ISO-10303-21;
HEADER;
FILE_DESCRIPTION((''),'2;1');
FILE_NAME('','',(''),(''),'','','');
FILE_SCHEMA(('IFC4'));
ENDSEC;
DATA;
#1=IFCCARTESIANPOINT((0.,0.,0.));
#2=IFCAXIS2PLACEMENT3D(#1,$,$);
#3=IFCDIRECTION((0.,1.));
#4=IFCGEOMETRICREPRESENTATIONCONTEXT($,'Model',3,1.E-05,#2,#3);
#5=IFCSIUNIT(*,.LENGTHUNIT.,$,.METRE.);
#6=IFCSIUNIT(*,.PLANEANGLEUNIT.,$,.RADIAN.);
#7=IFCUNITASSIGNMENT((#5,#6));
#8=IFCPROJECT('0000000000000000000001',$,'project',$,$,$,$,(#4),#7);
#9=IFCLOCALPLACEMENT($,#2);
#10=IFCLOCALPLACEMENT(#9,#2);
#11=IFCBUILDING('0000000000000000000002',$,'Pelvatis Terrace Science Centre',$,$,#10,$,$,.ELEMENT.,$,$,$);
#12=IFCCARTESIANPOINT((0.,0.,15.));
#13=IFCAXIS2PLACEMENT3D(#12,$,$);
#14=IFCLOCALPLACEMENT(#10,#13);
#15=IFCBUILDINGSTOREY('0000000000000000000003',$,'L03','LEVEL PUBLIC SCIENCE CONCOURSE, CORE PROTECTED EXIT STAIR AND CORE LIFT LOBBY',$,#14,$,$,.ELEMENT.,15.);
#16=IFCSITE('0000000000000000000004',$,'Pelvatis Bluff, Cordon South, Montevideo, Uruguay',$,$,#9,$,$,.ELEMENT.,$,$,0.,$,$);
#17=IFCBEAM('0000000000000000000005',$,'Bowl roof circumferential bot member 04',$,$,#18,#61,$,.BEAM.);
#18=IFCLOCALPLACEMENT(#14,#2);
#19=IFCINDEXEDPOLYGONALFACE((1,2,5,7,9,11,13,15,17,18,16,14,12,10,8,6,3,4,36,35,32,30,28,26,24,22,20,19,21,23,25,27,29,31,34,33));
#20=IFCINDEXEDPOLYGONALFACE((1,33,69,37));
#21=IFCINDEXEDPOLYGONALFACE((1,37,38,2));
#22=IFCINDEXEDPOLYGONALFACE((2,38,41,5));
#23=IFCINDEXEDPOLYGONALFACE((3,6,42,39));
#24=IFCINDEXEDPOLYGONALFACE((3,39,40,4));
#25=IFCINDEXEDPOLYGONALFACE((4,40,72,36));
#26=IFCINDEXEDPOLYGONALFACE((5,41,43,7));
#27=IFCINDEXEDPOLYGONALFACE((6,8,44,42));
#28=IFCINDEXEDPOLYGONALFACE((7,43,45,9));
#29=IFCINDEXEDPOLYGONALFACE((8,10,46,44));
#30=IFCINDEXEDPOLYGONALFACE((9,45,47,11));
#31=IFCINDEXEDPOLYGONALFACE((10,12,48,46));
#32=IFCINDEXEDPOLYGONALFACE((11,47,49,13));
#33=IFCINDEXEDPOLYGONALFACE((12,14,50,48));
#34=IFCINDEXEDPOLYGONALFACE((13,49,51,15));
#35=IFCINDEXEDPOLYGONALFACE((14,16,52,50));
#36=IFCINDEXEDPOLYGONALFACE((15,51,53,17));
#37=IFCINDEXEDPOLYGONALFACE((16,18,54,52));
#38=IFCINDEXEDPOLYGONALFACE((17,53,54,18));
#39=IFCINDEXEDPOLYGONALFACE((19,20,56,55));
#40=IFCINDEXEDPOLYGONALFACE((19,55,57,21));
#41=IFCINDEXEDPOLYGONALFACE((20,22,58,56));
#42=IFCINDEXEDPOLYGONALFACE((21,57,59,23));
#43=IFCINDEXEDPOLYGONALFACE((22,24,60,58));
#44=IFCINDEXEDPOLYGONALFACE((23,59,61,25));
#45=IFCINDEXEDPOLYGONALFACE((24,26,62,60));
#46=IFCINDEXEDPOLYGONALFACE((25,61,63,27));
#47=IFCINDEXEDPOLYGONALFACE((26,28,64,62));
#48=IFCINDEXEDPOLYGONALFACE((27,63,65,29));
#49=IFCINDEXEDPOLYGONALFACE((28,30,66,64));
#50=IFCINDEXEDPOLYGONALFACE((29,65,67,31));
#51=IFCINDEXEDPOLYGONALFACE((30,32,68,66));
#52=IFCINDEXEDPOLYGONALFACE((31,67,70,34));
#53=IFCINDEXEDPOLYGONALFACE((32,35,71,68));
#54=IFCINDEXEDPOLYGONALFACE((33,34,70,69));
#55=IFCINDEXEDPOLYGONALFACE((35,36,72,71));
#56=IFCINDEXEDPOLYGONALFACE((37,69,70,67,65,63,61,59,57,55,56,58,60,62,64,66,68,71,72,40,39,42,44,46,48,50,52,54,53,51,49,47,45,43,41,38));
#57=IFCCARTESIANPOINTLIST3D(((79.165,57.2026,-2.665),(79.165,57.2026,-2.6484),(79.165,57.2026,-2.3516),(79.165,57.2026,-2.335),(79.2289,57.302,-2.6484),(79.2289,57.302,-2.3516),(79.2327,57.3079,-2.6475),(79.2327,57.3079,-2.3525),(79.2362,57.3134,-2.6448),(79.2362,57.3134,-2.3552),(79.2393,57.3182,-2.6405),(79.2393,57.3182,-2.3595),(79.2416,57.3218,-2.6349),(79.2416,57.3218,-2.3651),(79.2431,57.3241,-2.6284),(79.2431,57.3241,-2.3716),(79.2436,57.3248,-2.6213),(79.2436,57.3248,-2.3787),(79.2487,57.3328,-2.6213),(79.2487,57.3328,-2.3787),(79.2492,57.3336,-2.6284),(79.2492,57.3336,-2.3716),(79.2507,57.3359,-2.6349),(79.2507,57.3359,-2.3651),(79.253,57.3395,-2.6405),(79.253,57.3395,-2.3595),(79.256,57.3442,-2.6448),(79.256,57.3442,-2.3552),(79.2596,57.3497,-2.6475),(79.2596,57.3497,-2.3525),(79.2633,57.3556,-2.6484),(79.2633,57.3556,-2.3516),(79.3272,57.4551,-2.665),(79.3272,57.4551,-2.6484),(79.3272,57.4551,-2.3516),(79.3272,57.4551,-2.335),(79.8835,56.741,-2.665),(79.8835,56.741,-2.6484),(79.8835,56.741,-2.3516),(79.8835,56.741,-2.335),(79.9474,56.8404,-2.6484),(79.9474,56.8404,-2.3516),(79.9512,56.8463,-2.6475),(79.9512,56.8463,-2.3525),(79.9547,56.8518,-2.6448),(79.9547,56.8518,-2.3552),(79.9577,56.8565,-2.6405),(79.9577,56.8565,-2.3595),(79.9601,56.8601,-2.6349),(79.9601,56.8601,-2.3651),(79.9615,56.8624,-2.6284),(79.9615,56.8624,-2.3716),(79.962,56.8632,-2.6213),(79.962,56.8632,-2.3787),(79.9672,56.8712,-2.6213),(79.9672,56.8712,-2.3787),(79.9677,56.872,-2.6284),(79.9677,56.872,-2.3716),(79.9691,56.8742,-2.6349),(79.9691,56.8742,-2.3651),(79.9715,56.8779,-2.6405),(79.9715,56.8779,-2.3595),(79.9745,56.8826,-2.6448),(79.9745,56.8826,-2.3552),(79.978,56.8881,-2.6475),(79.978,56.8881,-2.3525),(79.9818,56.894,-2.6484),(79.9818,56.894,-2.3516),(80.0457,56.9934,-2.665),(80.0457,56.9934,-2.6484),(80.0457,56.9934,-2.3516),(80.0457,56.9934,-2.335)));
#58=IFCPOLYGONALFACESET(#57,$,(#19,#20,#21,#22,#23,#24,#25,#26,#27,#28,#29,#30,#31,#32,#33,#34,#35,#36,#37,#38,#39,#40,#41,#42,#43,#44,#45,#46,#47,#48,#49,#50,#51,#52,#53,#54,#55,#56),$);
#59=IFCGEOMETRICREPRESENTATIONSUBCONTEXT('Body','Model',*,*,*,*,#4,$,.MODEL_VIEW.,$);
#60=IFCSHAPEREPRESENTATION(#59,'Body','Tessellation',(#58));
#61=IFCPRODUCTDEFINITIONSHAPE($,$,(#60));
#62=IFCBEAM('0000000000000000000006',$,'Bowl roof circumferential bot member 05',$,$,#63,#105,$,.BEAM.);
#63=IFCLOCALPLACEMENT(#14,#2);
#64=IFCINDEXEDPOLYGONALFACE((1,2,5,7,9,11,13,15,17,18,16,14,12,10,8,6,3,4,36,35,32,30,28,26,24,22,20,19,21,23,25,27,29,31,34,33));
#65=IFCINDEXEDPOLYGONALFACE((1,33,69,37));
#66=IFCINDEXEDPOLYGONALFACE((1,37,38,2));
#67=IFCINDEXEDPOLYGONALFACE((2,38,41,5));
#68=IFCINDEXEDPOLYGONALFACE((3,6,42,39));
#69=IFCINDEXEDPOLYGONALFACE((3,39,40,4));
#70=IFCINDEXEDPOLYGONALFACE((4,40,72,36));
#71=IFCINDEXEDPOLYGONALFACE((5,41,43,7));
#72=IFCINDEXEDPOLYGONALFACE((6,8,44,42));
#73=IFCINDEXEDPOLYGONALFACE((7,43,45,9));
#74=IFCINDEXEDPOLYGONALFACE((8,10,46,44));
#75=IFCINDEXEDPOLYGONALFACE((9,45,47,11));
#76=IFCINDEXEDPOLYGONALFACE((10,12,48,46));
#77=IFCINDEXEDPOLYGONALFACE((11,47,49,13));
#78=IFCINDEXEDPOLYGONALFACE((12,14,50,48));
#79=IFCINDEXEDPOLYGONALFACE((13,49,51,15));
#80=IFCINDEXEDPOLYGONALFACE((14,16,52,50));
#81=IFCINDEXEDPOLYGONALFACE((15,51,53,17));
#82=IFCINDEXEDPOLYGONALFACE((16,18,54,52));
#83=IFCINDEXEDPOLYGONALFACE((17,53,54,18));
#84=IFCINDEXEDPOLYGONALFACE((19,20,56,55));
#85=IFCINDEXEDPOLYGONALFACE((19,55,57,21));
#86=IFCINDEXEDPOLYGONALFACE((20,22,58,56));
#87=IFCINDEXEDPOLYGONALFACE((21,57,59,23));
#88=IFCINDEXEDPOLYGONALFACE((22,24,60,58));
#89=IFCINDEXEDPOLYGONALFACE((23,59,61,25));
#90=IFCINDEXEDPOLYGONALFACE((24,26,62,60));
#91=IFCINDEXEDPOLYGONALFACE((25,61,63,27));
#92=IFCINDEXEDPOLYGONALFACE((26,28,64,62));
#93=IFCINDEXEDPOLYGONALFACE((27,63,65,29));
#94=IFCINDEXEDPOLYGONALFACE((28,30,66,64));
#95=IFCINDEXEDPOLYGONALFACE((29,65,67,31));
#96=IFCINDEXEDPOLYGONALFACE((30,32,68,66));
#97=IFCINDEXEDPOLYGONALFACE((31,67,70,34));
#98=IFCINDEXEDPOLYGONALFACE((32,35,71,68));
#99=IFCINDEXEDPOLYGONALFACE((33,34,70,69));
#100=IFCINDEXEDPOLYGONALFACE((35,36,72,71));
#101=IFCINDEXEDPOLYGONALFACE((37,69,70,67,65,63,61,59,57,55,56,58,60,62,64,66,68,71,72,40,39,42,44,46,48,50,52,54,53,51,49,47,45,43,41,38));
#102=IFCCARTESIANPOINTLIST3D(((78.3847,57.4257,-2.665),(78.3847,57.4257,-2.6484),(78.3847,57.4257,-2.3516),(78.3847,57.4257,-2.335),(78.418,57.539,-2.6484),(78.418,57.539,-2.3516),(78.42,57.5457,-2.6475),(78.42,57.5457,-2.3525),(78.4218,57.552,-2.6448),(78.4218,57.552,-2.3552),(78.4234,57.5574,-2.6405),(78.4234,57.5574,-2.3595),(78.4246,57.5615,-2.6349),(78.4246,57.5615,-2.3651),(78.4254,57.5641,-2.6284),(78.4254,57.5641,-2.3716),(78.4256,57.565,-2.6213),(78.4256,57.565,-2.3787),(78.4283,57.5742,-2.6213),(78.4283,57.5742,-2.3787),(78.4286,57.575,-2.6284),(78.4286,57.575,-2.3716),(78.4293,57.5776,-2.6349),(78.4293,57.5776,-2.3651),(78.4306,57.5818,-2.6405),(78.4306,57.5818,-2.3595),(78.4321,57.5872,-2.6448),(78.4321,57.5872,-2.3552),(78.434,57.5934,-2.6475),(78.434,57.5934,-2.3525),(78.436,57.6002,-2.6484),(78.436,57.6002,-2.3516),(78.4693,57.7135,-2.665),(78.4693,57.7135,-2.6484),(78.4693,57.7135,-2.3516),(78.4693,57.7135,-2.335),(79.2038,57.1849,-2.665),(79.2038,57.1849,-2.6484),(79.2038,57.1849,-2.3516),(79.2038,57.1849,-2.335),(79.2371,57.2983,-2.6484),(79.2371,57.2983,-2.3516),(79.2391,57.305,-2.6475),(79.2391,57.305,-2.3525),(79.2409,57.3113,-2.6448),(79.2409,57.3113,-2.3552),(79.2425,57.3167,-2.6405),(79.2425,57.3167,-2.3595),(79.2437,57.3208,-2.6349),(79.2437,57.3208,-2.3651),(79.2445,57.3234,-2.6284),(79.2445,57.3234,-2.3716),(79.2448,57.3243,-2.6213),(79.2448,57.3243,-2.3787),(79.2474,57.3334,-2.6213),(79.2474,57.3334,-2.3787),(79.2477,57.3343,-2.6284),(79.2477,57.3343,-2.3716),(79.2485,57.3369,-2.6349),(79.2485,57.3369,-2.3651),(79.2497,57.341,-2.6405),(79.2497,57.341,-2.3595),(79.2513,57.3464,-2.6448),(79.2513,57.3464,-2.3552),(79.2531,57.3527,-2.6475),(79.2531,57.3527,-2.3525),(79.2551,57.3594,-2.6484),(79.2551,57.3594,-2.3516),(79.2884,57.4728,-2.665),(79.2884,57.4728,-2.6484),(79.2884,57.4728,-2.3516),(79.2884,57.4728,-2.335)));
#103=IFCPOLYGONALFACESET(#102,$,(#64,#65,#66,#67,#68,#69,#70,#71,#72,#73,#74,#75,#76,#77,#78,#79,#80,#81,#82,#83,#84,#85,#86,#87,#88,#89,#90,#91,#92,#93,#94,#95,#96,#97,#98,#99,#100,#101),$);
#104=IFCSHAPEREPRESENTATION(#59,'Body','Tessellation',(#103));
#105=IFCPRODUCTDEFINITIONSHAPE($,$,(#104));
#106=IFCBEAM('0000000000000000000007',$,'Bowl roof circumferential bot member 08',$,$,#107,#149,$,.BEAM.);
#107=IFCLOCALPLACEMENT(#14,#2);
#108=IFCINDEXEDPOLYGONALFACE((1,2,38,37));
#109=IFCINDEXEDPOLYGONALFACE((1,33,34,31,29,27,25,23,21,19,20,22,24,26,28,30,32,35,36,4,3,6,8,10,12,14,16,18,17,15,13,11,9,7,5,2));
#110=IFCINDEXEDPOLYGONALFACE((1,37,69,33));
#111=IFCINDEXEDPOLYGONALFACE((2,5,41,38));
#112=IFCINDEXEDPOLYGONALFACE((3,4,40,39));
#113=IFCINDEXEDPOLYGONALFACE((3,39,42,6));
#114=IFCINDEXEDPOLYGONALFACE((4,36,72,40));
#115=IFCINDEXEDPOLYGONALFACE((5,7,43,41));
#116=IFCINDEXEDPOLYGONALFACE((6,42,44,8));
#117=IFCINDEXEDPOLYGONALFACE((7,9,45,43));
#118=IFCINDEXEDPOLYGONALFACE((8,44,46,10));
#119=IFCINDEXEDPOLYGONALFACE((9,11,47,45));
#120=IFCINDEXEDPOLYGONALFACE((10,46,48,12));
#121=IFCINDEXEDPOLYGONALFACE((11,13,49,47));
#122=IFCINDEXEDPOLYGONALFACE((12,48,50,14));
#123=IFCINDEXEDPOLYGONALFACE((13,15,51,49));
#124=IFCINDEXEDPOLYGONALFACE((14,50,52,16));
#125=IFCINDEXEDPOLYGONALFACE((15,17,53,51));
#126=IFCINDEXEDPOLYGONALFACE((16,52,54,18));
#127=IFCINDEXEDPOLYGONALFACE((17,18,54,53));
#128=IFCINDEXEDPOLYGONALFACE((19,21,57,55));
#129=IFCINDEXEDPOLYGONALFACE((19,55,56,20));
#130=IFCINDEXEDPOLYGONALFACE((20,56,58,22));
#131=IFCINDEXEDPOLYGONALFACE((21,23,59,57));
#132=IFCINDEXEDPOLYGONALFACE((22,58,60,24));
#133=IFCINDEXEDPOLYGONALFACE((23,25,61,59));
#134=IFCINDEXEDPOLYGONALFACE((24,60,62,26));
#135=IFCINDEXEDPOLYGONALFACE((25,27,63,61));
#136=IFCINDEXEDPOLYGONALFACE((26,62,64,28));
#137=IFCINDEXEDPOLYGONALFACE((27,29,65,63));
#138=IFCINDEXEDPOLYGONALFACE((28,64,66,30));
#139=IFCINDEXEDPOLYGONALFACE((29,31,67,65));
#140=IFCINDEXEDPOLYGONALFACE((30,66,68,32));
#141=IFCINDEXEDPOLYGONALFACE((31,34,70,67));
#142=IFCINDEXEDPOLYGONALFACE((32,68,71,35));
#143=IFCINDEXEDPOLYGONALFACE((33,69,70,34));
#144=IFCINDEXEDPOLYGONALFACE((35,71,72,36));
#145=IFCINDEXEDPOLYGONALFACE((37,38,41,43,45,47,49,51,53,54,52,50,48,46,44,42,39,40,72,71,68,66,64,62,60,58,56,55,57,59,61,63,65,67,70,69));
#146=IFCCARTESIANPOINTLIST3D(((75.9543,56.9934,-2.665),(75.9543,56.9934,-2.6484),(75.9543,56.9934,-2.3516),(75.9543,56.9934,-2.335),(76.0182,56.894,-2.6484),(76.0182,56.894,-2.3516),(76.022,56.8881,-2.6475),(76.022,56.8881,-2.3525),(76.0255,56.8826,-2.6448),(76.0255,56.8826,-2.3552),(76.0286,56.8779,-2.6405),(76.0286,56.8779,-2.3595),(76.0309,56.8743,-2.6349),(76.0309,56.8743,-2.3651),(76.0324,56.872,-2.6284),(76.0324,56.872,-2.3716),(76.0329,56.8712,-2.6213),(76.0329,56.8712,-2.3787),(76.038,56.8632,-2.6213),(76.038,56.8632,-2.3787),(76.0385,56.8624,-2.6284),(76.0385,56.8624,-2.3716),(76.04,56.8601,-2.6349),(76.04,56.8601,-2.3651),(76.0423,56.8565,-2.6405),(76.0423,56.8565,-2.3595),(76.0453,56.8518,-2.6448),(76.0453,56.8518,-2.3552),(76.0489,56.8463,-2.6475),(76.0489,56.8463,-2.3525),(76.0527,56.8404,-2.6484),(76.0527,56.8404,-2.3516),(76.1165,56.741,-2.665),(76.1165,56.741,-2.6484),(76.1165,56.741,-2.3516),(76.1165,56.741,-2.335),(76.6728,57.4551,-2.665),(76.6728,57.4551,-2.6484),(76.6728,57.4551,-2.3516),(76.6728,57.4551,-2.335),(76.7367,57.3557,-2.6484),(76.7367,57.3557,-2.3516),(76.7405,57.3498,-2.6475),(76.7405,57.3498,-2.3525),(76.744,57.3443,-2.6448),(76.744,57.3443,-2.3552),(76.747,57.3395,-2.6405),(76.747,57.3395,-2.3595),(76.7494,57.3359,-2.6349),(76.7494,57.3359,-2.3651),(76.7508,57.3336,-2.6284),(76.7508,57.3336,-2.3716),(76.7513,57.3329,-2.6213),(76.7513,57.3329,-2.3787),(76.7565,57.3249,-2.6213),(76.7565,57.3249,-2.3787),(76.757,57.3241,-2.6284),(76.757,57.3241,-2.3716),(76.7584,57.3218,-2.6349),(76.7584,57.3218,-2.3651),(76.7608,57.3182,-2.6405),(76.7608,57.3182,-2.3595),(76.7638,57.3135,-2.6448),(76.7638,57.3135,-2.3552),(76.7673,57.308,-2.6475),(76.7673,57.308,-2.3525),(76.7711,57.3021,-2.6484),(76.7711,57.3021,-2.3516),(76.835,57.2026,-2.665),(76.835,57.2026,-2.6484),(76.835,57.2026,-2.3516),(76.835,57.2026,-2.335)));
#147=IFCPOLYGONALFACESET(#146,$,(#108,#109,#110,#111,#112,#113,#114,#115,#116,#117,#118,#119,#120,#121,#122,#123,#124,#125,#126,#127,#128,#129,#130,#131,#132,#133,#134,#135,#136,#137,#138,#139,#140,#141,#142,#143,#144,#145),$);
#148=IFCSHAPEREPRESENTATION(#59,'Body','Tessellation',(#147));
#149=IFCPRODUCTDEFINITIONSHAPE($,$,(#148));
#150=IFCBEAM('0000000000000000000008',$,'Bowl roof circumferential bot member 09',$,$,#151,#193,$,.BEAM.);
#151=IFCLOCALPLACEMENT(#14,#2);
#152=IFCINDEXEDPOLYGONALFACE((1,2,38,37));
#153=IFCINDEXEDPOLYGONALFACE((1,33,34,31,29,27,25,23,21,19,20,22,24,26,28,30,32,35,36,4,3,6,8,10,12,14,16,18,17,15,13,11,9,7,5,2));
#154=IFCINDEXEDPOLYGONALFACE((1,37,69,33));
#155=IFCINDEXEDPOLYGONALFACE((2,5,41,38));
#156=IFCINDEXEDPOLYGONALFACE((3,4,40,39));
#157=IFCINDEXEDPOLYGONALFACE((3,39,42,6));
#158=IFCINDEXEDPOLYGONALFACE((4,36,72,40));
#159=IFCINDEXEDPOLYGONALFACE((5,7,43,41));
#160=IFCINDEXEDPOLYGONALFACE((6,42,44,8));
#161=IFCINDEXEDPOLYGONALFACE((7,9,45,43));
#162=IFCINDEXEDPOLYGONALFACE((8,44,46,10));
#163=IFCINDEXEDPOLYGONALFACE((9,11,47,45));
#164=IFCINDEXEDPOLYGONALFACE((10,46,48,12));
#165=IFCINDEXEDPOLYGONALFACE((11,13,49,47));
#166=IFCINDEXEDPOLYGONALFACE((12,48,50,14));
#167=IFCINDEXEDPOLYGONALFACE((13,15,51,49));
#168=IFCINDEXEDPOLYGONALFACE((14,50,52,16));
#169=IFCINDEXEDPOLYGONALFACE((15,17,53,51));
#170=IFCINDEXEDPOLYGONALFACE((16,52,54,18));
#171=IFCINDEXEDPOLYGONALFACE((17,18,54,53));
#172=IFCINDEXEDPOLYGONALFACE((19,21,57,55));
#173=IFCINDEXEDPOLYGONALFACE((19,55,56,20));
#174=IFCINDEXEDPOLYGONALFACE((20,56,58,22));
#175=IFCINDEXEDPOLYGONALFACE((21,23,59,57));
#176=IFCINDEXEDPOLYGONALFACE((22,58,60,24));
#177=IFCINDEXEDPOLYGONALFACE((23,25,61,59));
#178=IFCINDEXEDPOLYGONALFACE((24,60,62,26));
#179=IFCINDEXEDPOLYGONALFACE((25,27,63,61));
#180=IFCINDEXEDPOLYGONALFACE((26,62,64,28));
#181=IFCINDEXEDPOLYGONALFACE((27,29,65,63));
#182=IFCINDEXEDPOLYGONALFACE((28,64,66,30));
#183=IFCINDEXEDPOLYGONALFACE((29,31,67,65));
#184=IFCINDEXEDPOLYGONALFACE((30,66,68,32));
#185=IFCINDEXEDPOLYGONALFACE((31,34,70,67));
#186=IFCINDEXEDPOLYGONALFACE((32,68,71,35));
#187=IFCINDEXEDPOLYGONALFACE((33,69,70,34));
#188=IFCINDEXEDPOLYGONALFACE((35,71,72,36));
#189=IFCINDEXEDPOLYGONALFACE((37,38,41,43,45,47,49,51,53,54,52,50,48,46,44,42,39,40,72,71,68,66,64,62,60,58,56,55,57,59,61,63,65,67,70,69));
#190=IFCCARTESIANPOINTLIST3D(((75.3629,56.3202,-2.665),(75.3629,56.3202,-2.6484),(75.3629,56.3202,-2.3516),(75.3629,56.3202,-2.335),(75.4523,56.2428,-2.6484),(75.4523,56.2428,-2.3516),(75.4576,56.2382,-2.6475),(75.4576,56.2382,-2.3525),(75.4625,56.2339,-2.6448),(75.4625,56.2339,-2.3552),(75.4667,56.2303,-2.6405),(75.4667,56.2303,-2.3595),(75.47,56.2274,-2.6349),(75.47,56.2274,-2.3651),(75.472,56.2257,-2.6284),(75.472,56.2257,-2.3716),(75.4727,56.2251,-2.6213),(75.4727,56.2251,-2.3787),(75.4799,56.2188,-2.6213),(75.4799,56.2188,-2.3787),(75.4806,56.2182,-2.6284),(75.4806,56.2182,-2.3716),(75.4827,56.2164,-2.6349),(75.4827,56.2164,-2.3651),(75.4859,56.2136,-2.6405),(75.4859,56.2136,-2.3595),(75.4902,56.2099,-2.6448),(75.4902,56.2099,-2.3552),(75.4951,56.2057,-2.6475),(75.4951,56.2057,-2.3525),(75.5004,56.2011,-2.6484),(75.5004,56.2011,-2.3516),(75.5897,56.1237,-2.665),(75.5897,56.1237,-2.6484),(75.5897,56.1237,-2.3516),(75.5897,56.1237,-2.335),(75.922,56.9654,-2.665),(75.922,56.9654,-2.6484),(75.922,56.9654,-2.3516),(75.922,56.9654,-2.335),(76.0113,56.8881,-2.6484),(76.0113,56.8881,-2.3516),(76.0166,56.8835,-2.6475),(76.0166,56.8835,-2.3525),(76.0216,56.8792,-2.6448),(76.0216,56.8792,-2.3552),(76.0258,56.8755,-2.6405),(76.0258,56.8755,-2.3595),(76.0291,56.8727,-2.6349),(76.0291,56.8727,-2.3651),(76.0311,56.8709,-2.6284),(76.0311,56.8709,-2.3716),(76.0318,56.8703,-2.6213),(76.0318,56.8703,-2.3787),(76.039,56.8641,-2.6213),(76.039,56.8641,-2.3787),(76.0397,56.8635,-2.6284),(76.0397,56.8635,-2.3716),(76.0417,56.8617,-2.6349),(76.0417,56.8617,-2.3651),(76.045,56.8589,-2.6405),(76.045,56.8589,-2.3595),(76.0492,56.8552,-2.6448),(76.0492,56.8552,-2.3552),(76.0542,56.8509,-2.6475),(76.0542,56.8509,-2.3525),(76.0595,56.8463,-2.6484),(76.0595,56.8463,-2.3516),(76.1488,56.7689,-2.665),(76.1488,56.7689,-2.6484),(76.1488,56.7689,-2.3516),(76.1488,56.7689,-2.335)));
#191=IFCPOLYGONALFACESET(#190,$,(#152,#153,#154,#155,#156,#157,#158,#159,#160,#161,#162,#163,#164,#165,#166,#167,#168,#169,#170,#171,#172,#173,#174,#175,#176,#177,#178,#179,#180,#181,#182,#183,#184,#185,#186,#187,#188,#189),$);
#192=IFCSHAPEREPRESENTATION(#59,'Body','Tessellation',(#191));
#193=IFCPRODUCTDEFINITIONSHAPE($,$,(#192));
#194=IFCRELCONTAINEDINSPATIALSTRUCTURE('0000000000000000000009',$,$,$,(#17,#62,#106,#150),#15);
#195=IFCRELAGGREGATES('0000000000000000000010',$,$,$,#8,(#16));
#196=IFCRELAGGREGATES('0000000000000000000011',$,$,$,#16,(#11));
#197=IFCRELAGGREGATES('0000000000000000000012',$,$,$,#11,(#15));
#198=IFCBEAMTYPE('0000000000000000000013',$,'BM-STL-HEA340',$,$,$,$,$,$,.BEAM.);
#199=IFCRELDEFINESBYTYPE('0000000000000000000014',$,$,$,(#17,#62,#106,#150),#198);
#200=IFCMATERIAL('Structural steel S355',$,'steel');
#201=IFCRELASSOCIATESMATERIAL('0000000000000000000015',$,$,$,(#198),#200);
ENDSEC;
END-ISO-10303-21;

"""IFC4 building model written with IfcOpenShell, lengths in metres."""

from ifc_helpers import new_model, si_unit, direction, frame, origin, origin_2d, place, context, subcontext, project, spatial, i_section, extrude, material, material_profile, profile_set, type_object, element, save


model = new_model("IFC4")

# Units and contexts
model_context = context("Model", 3, precision=1e-05, world=origin(), true_north=direction((0.0, 1.0)))
body_context = subcontext(model_context, "Body", "Model", "MODEL_VIEW")
ifc_project = project(units=[si_unit("LENGTHUNIT", "METRE"), si_unit("PLANEANGLEUNIT", "RADIAN")], contexts=[model_context])

# Site, building, storey
site_placement = place(None, origin())
site = spatial("IfcSite", under=ifc_project, at=site_placement, Name="Pelvatis Bluff, Cordon South, Montevideo, Uruguay", CompositionType="ELEMENT", RefElevation=0.0)
building_placement = place(site_placement, origin())
building = spatial("IfcBuilding", under=site, at=building_placement, Name="Pelvatis Terrace Science Centre", CompositionType="ELEMENT")
storey_placement = place(building_placement, frame((0.0, 0.0, 15.0)))
storey = spatial("IfcBuildingStorey", under=building, at=storey_placement, Name="L03", Description="LEVEL PUBLIC SCIENCE CONCOURSE, CORE PROTECTED EXIT STAIR AND CORE LIFT LOBBY", CompositionType="ELEMENT", Elevation=15.0)

# Beams
ifc_material_1 = material(Name="Structural steel S355", Category="steel")
ifc_material_profile_1 = material_profile(ifc_material_1, i_section(OverallWidth=0.3, OverallDepth=0.3301, WebThickness=0.0095, FlangeThickness=0.0166, FilletRadius=0.0271, at=origin_2d()), Name="HEA 340")
ifc_profile_set_1 = profile_set([ifc_material_profile_1], Name="Structural steel S355")
beam_type_1 = type_object("IfcBeamType", Name="BM-STL-HEA340", PredefinedType="BEAM", material=ifc_profile_set_1)
beam_1_placement = place(storey_placement, frame((79.9646, 56.8672, -2.5), z_axis=(-0.841299, 0.54057, 0.0), x_axis=(-0.54057, -0.841299, 0.0)))
element("IfcBeam", 1, at=beam_1_placement, inside=storey, type_object=beam_type_1, Name="Bowl roof circumferential bot member 04", PredefinedType="BEAM", context=body_context, shape_type="SweptSolid", body=[
    extrude(i_section(OverallWidth=0.3, OverallDepth=0.3301, WebThickness=0.0095, FlangeThickness=0.0166, FilletRadius=0.0271, at=origin_2d()), origin(), (0.0, 0.0, 1.0), 0.854),
])
beam_2_placement = place(storey_placement, frame((79.2461, 57.3289, -2.5), z_axis=(-0.959425, 0.281965, 0.0), x_axis=(-0.281965, -0.959425, 0.0)))
element("IfcBeam", 2, at=beam_2_placement, inside=storey, type_object=beam_type_1, Name="Bowl roof circumferential bot member 05", PredefinedType="BEAM", context=body_context, shape_type="SweptSolid", body=[
    extrude(i_section(OverallWidth=0.3, OverallDepth=0.3301, WebThickness=0.0095, FlangeThickness=0.0166, FilletRadius=0.0271, at=origin_2d()), origin(), (0.0, 0.0, 1.0), 0.8538),
])
beam_3_placement = place(storey_placement, frame((76.7539, 57.3289, -2.5), z_axis=(-0.841299, -0.54057, 0.0), x_axis=(0.54057, -0.841299, 0.0)))
element("IfcBeam", 3, at=beam_3_placement, inside=storey, type_object=beam_type_1, Name="Bowl roof circumferential bot member 08", PredefinedType="BEAM", context=body_context, shape_type="SweptSolid", body=[
    extrude(i_section(OverallWidth=0.3, OverallDepth=0.3301, WebThickness=0.0095, FlangeThickness=0.0166, FilletRadius=0.0271, at=origin_2d()), origin(), (0.0, 0.0, 1.0), 0.854),
])
for number, where, z_axis, x_axis, name in (
    (4, (76.0354, 56.8672, -2.5), (-0.654833, -0.755774, 0.0), (0.755774, -0.654833, 0.0), "Bowl roof circumferential bot member 09"),
):
    element("IfcBeam", number, at=place(storey_placement, frame(where, z_axis=z_axis, x_axis=x_axis)), inside=storey, type_object=beam_type_1, Name=name, PredefinedType="BEAM", context=body_context, shape_type="SweptSolid", body=[
        extrude(i_section(OverallWidth=0.3, OverallDepth=0.3301, WebThickness=0.0095, FlangeThickness=0.0166, FilletRadius=0.0271, at=origin_2d()), origin(), (0.0, 0.0, 1.0), 0.8538),
    ])

save(model, "model.ifc")
